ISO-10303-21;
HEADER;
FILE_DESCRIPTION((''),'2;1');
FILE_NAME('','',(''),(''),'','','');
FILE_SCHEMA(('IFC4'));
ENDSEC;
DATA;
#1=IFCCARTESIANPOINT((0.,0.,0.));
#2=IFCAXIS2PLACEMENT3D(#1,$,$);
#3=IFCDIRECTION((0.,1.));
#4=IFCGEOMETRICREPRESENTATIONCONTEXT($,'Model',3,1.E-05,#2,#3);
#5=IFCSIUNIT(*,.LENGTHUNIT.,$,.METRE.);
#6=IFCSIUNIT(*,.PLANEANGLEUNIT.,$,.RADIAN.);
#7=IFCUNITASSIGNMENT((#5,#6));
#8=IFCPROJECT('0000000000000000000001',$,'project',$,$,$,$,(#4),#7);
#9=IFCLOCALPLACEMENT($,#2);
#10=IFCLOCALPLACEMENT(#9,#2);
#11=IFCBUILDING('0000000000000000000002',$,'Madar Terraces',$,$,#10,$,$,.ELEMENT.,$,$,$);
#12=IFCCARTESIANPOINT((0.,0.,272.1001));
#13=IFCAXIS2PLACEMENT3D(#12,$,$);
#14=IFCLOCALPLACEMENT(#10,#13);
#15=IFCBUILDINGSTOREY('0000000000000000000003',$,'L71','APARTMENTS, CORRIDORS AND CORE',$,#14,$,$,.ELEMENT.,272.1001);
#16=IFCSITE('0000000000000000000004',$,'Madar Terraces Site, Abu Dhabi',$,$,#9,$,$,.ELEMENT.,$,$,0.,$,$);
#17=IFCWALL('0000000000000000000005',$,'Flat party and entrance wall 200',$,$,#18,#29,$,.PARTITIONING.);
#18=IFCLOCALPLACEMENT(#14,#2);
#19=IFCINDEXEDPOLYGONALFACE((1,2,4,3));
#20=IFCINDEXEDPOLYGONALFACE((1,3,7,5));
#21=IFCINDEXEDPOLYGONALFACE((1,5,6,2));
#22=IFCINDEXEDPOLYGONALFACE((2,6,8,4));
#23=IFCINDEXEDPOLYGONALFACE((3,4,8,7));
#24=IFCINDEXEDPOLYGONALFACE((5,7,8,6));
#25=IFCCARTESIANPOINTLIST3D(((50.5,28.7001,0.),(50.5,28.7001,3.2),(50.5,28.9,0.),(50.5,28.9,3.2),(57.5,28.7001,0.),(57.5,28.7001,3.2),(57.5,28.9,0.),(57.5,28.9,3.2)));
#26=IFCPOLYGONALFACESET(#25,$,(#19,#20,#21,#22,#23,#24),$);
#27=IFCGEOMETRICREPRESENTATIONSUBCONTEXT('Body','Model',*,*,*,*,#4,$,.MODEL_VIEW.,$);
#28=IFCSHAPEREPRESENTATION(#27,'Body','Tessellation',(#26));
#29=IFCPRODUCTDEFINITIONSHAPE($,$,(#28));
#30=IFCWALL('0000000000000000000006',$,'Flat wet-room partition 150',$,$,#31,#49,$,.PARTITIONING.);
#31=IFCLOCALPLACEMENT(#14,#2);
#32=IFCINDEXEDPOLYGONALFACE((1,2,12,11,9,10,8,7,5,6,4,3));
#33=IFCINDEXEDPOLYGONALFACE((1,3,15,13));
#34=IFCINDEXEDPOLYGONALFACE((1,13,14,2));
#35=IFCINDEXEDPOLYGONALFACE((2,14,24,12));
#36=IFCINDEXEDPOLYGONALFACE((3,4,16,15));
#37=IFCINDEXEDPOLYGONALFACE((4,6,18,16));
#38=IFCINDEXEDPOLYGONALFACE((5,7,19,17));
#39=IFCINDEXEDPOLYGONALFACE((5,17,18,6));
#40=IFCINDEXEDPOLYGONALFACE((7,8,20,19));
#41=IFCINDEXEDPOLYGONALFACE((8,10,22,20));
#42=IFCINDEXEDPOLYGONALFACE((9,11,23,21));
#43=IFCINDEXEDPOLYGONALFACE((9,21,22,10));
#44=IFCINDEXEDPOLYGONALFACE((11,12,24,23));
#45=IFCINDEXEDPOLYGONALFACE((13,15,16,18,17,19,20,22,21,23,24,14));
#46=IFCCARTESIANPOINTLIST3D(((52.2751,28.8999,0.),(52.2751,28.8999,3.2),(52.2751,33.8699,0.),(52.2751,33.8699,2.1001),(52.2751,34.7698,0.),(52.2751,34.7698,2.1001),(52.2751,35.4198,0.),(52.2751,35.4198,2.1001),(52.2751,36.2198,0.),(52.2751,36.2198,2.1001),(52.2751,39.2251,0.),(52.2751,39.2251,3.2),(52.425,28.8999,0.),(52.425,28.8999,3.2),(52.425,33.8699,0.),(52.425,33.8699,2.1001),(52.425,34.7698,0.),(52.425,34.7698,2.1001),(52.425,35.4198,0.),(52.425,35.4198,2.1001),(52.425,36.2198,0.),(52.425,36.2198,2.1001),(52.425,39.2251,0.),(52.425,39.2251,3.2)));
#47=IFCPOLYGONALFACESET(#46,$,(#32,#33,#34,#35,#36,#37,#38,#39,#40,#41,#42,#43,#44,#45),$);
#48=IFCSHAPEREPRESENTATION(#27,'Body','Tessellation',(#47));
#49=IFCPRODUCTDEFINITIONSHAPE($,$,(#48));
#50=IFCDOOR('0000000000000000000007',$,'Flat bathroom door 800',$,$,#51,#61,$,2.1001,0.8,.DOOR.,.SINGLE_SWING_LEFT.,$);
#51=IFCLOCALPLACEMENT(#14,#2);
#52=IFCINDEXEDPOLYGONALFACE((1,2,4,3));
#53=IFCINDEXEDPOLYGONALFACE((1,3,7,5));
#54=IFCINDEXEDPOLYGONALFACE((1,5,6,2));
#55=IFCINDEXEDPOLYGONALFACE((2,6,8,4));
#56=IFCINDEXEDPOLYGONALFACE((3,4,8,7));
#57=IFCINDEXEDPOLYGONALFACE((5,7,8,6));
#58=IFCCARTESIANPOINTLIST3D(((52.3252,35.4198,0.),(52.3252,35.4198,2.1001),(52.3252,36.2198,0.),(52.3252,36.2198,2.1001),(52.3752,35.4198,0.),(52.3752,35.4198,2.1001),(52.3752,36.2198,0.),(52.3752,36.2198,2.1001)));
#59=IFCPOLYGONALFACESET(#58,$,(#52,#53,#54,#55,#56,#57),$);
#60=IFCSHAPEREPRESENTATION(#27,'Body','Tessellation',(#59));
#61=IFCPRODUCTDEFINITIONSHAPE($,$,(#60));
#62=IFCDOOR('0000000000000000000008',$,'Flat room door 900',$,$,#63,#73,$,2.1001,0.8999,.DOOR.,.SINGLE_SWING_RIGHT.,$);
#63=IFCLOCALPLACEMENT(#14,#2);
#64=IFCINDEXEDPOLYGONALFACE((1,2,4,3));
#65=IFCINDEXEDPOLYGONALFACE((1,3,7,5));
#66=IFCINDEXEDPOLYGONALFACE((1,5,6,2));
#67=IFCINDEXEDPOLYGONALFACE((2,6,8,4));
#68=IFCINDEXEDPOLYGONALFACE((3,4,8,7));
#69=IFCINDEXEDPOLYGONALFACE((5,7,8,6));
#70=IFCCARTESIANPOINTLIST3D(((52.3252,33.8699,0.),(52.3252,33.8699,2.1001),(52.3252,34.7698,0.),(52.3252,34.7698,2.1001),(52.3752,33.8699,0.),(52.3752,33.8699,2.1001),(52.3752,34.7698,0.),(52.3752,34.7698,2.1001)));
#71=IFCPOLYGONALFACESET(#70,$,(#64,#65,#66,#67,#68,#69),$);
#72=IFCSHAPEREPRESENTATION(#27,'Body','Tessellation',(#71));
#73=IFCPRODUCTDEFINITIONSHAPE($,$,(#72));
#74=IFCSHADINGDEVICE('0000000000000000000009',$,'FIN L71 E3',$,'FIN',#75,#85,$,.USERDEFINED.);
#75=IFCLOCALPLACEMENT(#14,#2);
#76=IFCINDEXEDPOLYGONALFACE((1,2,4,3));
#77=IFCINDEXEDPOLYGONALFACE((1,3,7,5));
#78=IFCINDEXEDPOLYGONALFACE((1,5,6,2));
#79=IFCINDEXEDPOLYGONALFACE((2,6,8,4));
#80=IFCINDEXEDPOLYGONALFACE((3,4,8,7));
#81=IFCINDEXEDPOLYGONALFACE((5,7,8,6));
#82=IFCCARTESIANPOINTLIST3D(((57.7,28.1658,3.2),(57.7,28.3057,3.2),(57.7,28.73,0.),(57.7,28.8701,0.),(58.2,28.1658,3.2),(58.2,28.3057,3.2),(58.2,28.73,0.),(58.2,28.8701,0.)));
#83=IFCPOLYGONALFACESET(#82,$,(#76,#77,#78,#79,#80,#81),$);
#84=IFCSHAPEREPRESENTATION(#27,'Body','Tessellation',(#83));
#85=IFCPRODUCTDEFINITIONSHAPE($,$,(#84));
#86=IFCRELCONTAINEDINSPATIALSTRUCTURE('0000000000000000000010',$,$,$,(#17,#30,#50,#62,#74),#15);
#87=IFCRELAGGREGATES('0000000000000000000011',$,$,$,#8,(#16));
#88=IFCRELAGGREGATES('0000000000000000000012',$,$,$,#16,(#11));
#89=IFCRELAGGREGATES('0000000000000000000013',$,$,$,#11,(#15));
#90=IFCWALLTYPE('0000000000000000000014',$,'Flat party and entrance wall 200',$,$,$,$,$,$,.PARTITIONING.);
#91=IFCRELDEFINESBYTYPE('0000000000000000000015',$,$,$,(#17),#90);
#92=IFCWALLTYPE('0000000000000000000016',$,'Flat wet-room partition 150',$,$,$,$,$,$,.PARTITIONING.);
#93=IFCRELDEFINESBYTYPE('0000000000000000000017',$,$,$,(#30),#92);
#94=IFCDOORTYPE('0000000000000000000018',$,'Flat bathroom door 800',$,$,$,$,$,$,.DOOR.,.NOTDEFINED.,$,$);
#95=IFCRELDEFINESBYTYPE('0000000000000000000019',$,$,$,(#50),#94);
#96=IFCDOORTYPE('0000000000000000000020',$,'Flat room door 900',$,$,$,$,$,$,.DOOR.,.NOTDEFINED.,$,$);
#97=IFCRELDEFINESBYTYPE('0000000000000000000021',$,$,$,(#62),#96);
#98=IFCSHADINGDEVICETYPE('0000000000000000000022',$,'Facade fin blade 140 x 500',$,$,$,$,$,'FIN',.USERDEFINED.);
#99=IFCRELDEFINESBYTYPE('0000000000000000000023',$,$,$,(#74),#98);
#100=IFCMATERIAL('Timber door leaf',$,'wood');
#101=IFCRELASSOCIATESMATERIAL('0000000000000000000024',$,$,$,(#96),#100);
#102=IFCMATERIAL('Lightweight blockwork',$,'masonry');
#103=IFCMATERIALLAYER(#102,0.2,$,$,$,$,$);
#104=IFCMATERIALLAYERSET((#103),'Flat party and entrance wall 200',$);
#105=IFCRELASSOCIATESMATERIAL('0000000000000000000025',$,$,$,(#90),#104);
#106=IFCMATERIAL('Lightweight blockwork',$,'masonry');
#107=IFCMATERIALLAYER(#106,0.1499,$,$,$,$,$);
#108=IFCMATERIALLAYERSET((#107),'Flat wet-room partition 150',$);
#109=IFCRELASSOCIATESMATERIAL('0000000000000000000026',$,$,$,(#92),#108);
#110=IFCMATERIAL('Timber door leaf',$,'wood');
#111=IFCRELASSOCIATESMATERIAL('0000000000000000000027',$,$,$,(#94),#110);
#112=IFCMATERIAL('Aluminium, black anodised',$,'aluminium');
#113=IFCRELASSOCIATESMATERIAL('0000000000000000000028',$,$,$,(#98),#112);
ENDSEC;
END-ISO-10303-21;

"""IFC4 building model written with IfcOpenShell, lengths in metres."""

from ifc_helpers import new_model, si_unit, direction, frame, frame_2d, origin, place, context, subcontext, project, spatial, polyline, rectangle, outline, extrude, material, layer, layer_set, type_object, element, fill, save


model = new_model("IFC4")

# Units and contexts
model_context = context("Model", 3, precision=1e-05, world=origin(), true_north=direction((0.0, 1.0)))
body_context = subcontext(model_context, "Body", "Model", "MODEL_VIEW")
ifc_project = project(units=[si_unit("LENGTHUNIT", "METRE"), si_unit("PLANEANGLEUNIT", "RADIAN")], contexts=[model_context])

# Site, building, storey
site_placement = place(None, origin())
site = spatial("IfcSite", under=ifc_project, at=site_placement, Name="Madar Terraces Site, Abu Dhabi", CompositionType="ELEMENT", RefElevation=0.0)
building_placement = place(site_placement, origin())
building = spatial("IfcBuilding", under=site, at=building_placement, Name="Madar Terraces", CompositionType="ELEMENT")
storey_placement = place(building_placement, frame((0.0, 0.0, 272.1001)))
storey = spatial("IfcBuildingStorey", under=building, at=storey_placement, Name="L71", Description="APARTMENTS, CORRIDORS AND CORE", CompositionType="ELEMENT", Elevation=272.1001)

# Shared definitions
ifc_material_1 = material(Name="Timber door leaf", Category="wood")
door_type_1 = type_object("IfcDoorType", Name="Flat room door 900", OperationType="NOTDEFINED", PredefinedType="DOOR", material=ifc_material_1)

# Wall
ifc_material_2 = material(Name="Lightweight blockwork", Category="masonry")
ifc_layer_1 = layer(ifc_material_2, 0.2)
ifc_layer_set_1 = layer_set([ifc_layer_1], Name="Flat party and entrance wall 200")
wall_type_1 = type_object("IfcWallType", Name="Flat party and entrance wall 200", PredefinedType="PARTITIONING", material=ifc_layer_set_1)
wall_1_placement = place(storey_placement, frame((50.5, 28.8, 0.0), z_axis=(0.0, 0.0, 1.0), x_axis=(1.0, 0.0, 0.0)))
element("IfcWall", 1, at=wall_1_placement, inside=storey, type_object=wall_type_1, Name="Flat party and entrance wall 200", PredefinedType="PARTITIONING", context=body_context, shape_type="SweptSolid", body=[
    extrude(rectangle(XDim=7.0, YDim=0.2, at=frame_2d((3.5, 0.0))), origin(), (0.0, 0.0, 1.0), 3.2),
])

# Wall, openings, doors
ifc_material_3 = material(Name="Lightweight blockwork", Category="masonry")
ifc_layer_2 = layer(ifc_material_3, 0.1499)
ifc_layer_set_2 = layer_set([ifc_layer_2], Name="Flat wet-room partition 150")
wall_type_2 = type_object("IfcWallType", Name="Flat wet-room partition 150", PredefinedType="PARTITIONING", material=ifc_layer_set_2)
wall_2_placement = place(storey_placement, frame((52.3501, 28.8999, 0.0), z_axis=(0.0, 0.0, 1.0), x_axis=(0.0, 1.0, 0.0)))
wall_2 = element("IfcWall", 2, at=wall_2_placement, inside=storey, type_object=wall_type_2, Name="Flat wet-room partition 150", PredefinedType="PARTITIONING", context=body_context, shape_type="SweptSolid", body=[
    extrude(rectangle(XDim=10.3252, YDim=0.1499, at=frame_2d((5.1626, 0.0))), origin(), (0.0, 0.0, 1.0), 3.2),
])
opening_1_placement = place(wall_2_placement, frame((6.52, 0.0, 0.0)))
opening_1 = element("IfcOpeningElement", 3, at=opening_1_placement, cuts=wall_2, PredefinedType="OPENING", context=body_context, shape_type="SweptSolid", body=[
    extrude(rectangle(XDim=0.8, YDim=2.1001, at=frame_2d((0.3999, 1.05))), frame((0.0, 0.085, 0.0), z_axis=(0.0, -1.0, 0.0), x_axis=(1.0, 0.0, 0.0)), (0.0, 0.0, 1.0), 0.1699),
])
opening_2_placement = place(wall_2_placement, frame((4.97, 0.0, 0.0)))
opening_2 = element("IfcOpeningElement", 4, at=opening_2_placement, cuts=wall_2, PredefinedType="OPENING", context=body_context, shape_type="SweptSolid", body=[
    extrude(rectangle(XDim=0.8999, YDim=2.1001, at=frame_2d((0.45, 1.05))), frame((0.0, 0.085, 0.0), z_axis=(0.0, -1.0, 0.0), x_axis=(1.0, 0.0, 0.0)), (0.0, 0.0, 1.0), 0.1699),
])
ifc_material_4 = material(Name="Timber door leaf", Category="wood")
door_type_2 = type_object("IfcDoorType", Name="Flat bathroom door 800", OperationType="NOTDEFINED", PredefinedType="DOOR", material=ifc_material_4)
door_1_placement = place(opening_1_placement, origin())
door_1 = element("IfcDoor", 5, at=door_1_placement, inside=storey, type_object=door_type_2, Name="Flat bathroom door 800", OperationType="SINGLE_SWING_LEFT", OverallHeight=2.1001, OverallWidth=0.8, PredefinedType="DOOR", context=body_context, shape_type="SweptSolid", body=[
    extrude(rectangle(XDim=0.8, YDim=2.1001, at=frame_2d((0.3999, 1.05))), frame((0.0, 0.0249, 0.0), z_axis=(0.0, -1.0, 0.0), x_axis=(1.0, 0.0, 0.0)), (0.0, 0.0, 1.0), 0.05),
])
fill(opening_1, door_1)
door_2_placement = place(opening_2_placement, origin())
door_2 = element("IfcDoor", 6, at=door_2_placement, inside=storey, type_object=door_type_1, Name="Flat room door 900", OperationType="SINGLE_SWING_RIGHT", OverallHeight=2.1001, OverallWidth=0.8999, PredefinedType="DOOR", context=body_context, shape_type="SweptSolid", body=[
    extrude(rectangle(XDim=0.8999, YDim=2.1001, at=frame_2d((0.45, 1.05))), frame((0.0, 0.0249, 0.0), z_axis=(0.0, -1.0, 0.0), x_axis=(1.0, 0.0, 0.0)), (0.0, 0.0, 1.0), 0.05),
])
fill(opening_2, door_2)

# Shading device
ifc_material_5 = material(Name="Aluminium, black anodised", Category="aluminium")
shading_device_type = type_object("IfcShadingDeviceType", Name="Facade fin blade 140 x 500", ElementType="FIN", PredefinedType="USERDEFINED", material=ifc_material_5)
shading_device_placement = place(storey_placement, frame((57.95, 28.73, 0.0), z_axis=(0.0, 0.0, 1.0), x_axis=(0.0, 1.0, 0.0)))
element("IfcShadingDevice", 7, at=shading_device_placement, inside=storey, type_object=shading_device_type, Name="FIN L71 E3", ObjectType="FIN", PredefinedType="USERDEFINED", context=body_context, shape_type="SweptSolid", body=[
    extrude(outline(polyline([(0.0, 0.0), (0.1401, 0.0), (-0.4243, 3.2), (-0.5642, 3.2), (0.0, 0.0)])), frame((0.0, 0.25, 0.0), z_axis=(0.0, -1.0, 0.0), x_axis=(1.0, 0.0, 0.0)), (0.0, 0.0, 1.0), 0.5),
])

save(model, "model.ifc")
